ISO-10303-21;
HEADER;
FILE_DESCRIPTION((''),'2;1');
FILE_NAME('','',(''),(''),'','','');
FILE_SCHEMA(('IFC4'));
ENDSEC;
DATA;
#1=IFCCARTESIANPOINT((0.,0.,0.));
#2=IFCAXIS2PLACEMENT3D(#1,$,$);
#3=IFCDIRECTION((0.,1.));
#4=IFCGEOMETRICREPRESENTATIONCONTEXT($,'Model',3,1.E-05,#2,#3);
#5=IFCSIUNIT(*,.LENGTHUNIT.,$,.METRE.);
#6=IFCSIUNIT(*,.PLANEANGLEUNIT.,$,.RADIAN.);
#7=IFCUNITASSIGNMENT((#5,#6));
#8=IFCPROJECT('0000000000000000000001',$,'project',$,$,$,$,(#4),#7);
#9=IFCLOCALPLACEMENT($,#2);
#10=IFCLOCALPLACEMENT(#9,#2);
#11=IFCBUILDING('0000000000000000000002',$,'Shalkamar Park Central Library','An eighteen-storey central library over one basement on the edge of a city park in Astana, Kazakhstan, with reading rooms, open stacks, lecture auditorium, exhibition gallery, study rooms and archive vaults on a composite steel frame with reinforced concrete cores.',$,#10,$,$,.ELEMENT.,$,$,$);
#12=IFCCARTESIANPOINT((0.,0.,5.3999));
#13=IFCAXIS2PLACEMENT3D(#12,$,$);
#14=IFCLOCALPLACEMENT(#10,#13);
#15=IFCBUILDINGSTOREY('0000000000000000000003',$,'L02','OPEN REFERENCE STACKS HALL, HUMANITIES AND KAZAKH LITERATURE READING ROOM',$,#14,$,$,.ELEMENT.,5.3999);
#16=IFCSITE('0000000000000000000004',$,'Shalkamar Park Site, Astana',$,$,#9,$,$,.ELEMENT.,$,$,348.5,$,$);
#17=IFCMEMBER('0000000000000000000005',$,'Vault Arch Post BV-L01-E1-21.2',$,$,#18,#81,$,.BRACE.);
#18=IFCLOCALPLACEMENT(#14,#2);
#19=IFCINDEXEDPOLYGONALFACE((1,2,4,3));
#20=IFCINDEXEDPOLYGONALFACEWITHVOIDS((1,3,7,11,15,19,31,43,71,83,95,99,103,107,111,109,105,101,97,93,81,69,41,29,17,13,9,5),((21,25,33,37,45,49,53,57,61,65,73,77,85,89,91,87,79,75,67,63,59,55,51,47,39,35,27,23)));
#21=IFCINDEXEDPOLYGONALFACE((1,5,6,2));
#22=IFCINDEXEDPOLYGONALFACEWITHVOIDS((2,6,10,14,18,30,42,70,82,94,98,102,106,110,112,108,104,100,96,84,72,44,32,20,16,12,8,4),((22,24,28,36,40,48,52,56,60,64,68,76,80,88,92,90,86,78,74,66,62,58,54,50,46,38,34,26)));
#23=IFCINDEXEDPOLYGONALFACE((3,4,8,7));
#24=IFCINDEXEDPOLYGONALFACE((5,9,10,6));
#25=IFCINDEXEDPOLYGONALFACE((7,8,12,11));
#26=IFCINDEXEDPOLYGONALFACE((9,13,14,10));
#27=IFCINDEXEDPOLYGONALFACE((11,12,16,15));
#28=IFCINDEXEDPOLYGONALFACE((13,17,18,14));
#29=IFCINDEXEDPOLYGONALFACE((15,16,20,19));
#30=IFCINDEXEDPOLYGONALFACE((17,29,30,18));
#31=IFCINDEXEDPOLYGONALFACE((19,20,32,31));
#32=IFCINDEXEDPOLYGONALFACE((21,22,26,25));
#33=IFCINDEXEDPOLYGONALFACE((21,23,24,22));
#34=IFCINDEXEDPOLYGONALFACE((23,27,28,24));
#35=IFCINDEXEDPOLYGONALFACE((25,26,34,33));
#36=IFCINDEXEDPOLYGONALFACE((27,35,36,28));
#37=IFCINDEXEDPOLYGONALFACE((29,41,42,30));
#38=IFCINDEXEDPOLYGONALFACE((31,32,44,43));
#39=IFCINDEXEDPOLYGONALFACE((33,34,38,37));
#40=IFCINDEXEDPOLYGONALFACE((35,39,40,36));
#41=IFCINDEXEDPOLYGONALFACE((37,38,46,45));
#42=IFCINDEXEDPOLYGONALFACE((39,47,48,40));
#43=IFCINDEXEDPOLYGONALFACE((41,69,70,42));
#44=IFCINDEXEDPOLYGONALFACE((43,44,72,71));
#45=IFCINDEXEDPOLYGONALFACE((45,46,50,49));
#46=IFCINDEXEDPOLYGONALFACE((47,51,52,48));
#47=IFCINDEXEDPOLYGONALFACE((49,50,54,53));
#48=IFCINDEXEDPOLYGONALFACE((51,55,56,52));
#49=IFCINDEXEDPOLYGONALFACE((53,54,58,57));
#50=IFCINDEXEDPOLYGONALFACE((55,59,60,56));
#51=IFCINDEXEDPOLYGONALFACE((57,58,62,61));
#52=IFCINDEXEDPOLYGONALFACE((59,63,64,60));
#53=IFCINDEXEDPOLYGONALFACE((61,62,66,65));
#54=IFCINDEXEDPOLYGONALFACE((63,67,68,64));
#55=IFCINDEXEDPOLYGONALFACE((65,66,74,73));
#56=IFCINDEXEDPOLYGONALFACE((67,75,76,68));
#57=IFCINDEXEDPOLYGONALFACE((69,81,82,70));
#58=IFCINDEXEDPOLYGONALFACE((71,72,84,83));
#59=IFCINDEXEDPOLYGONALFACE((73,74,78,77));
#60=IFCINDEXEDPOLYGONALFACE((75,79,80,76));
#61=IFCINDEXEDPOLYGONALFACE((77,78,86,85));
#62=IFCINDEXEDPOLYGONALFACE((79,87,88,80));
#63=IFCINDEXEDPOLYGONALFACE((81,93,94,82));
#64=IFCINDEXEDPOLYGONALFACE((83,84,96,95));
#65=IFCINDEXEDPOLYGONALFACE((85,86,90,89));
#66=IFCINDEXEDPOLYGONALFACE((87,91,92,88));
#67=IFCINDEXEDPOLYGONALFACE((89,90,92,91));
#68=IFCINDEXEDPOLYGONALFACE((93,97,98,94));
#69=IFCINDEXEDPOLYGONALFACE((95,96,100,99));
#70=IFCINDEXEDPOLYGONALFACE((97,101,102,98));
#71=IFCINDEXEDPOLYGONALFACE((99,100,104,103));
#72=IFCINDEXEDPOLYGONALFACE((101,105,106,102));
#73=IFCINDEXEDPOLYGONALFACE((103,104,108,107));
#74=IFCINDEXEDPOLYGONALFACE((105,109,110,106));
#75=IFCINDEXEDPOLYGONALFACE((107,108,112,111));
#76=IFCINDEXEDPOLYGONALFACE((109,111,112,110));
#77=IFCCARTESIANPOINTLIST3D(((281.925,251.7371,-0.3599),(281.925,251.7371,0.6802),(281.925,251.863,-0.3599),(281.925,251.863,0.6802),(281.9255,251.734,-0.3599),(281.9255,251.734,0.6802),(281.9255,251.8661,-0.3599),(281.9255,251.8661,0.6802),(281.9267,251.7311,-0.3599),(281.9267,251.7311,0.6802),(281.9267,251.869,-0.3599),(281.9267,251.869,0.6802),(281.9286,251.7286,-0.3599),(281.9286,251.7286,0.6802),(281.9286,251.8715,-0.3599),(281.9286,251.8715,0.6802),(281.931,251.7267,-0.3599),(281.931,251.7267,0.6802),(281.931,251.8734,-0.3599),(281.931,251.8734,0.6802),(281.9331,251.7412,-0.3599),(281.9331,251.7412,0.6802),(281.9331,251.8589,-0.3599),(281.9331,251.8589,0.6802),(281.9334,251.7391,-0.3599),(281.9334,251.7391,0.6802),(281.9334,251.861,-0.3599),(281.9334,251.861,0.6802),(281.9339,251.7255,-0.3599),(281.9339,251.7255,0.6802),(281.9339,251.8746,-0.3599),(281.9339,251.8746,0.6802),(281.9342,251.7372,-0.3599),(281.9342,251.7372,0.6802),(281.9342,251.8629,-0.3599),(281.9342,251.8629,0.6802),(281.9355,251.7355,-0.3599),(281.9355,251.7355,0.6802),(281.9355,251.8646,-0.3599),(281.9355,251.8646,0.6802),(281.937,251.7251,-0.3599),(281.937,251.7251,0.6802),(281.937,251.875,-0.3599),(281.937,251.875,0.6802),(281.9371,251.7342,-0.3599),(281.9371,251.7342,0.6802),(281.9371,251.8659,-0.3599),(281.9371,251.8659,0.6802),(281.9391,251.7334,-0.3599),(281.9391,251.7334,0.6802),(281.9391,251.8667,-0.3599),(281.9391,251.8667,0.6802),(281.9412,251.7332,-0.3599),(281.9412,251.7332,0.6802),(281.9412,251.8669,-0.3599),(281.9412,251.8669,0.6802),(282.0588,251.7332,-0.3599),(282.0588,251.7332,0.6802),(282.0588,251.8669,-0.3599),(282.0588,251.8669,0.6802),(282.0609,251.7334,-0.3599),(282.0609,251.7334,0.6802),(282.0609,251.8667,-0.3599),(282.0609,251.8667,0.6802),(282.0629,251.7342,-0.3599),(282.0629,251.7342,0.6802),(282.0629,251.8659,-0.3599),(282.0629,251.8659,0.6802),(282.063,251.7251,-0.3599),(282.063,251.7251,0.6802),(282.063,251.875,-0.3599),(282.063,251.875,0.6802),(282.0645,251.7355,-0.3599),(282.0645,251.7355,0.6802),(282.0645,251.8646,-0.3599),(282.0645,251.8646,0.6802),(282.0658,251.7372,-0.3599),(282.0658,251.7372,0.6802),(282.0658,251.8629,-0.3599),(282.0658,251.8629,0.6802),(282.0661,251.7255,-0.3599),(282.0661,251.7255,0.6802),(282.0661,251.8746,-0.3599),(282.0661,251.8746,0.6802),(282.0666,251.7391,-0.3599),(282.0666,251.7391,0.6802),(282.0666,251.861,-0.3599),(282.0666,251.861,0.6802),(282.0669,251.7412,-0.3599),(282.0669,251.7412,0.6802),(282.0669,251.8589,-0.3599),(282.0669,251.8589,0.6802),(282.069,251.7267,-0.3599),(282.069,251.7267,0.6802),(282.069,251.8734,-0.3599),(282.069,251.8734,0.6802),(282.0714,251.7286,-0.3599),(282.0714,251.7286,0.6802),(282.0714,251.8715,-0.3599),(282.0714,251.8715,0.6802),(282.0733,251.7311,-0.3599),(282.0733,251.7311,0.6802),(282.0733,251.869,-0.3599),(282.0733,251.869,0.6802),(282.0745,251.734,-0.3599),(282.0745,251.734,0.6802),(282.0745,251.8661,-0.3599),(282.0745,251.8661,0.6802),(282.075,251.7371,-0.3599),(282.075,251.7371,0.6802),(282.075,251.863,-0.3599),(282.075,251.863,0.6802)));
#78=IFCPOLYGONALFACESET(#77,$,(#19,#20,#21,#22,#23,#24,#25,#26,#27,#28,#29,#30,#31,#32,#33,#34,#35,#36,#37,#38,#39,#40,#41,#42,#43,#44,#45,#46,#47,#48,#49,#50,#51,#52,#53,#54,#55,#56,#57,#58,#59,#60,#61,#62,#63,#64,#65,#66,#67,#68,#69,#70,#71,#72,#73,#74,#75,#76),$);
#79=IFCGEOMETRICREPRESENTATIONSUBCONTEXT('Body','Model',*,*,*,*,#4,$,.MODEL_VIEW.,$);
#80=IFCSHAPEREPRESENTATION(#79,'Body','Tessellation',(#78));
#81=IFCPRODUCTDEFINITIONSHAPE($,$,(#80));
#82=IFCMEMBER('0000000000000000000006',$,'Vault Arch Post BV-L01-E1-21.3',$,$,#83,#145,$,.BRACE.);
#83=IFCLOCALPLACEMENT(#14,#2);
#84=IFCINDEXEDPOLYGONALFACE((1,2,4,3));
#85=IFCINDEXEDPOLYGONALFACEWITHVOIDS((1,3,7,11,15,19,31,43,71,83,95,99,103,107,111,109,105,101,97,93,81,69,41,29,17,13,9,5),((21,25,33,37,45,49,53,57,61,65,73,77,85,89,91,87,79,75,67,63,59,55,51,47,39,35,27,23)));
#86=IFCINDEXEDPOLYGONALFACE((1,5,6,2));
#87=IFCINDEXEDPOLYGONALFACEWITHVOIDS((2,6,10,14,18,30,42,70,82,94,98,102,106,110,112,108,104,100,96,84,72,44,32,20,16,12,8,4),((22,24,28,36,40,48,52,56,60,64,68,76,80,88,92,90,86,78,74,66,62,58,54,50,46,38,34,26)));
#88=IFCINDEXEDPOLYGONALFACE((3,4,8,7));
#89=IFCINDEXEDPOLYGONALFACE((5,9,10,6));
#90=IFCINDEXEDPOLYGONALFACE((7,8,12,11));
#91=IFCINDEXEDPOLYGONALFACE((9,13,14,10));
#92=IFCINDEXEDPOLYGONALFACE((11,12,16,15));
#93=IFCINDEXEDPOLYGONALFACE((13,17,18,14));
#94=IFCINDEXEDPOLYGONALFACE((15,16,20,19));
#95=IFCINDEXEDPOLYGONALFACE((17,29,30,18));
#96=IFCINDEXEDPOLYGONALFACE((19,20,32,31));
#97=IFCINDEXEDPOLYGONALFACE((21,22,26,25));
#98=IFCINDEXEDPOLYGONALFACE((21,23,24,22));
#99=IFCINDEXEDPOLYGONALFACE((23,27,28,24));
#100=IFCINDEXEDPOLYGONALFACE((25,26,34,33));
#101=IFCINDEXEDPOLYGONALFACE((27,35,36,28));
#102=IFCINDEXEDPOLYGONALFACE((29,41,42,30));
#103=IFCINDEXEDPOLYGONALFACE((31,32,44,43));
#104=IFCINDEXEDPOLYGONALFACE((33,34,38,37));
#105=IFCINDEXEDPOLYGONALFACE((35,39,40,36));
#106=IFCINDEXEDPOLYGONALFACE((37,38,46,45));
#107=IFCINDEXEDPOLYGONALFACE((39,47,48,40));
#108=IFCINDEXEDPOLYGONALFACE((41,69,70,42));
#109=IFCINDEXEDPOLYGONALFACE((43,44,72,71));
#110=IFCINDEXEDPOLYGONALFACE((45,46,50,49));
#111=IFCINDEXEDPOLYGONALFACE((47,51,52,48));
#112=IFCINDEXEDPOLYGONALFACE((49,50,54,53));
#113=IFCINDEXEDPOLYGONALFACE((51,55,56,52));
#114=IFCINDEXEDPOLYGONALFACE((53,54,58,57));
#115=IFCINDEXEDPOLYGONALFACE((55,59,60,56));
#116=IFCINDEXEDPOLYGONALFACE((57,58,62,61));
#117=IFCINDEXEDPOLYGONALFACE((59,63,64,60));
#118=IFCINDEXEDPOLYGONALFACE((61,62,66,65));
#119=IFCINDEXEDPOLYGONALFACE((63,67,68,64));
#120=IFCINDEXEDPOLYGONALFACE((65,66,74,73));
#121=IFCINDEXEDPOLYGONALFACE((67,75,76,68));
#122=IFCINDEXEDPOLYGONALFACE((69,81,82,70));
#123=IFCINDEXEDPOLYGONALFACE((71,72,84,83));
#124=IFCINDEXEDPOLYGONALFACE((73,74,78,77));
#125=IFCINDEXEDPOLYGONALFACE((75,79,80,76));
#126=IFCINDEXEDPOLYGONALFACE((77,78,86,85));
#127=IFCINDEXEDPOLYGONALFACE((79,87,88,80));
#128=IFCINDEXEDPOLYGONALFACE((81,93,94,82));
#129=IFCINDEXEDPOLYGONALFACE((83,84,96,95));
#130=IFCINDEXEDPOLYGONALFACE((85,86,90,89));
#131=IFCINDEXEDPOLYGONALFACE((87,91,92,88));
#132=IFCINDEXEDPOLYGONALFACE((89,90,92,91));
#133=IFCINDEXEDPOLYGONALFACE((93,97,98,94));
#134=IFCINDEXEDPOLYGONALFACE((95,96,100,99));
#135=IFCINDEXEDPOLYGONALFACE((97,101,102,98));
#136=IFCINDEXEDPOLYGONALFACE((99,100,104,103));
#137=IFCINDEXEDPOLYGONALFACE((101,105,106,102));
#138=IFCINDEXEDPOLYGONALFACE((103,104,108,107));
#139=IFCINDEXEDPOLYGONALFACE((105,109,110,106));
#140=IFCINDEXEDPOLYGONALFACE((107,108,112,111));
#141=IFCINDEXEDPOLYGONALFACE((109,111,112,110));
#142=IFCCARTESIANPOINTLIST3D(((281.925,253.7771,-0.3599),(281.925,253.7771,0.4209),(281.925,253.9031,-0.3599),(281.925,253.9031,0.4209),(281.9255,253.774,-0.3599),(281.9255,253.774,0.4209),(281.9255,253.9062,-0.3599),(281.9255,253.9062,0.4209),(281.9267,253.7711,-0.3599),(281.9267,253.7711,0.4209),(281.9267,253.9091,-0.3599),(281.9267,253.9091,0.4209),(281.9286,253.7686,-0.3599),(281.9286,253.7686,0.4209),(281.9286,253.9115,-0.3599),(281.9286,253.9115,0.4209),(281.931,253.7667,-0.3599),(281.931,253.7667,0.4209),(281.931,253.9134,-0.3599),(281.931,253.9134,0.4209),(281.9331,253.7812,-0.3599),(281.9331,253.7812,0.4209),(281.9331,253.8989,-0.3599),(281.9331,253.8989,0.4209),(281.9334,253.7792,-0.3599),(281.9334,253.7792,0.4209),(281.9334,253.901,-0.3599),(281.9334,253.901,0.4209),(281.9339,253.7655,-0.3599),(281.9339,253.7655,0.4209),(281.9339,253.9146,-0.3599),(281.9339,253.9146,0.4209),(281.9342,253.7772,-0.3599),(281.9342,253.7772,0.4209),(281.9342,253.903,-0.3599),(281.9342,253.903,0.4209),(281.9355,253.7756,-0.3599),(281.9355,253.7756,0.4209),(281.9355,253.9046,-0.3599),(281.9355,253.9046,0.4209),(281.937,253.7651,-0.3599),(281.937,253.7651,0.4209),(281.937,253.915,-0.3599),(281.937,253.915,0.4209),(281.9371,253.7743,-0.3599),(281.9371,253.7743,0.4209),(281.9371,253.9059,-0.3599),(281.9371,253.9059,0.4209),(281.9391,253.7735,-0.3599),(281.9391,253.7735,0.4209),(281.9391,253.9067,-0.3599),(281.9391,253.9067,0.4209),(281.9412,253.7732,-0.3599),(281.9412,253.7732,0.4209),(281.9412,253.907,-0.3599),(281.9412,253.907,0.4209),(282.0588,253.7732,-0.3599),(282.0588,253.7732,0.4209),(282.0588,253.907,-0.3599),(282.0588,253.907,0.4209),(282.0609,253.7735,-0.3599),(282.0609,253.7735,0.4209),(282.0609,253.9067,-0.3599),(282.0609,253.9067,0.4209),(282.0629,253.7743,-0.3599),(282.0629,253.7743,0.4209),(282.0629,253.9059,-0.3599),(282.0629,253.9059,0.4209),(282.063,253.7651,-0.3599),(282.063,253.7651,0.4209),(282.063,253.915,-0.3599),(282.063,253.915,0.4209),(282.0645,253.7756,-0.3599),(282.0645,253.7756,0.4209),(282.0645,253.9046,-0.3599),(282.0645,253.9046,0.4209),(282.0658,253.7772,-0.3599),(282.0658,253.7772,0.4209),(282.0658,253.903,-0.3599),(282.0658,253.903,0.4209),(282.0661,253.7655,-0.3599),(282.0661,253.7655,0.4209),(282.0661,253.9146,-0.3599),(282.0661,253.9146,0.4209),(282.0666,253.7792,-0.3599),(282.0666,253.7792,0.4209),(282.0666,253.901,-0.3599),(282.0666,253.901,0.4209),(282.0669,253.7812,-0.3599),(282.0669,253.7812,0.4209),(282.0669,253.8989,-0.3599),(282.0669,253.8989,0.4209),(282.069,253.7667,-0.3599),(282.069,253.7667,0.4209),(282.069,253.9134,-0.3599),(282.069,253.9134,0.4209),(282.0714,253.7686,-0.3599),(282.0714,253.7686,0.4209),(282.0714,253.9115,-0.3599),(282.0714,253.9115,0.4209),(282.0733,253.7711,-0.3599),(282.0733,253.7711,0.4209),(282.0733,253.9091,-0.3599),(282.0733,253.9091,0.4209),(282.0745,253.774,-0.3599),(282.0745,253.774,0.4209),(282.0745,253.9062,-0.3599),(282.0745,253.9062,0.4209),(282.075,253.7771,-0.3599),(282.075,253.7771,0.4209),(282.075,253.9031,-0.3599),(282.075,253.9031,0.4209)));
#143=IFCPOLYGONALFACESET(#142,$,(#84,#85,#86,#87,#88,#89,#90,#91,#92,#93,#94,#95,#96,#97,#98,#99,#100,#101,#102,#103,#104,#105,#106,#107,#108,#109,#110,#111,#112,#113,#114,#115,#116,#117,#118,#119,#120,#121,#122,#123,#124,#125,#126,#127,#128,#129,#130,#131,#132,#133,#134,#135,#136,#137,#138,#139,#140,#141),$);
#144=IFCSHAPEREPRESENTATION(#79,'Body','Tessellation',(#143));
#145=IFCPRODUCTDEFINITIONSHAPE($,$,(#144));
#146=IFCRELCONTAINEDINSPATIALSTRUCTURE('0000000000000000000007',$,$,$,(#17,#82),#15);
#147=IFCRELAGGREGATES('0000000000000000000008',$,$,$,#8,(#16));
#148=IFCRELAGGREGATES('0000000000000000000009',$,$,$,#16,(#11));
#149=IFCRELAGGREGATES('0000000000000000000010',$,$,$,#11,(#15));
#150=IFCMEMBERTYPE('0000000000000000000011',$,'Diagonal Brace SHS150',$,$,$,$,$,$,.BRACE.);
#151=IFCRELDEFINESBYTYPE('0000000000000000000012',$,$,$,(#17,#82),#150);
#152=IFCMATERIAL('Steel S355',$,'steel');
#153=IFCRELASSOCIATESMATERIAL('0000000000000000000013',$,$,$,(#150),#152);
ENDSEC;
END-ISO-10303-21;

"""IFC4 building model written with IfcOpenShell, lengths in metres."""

from ifc_helpers import new_model, si_unit, direction, frame, origin, origin_2d, place, context, subcontext, project, spatial, hollow_rectangle, extrude, material, material_profile, profile_set, type_object, element, save


model = new_model("IFC4")

# Units and contexts
model_context = context("Model", 3, precision=1e-05, world=origin(), true_north=direction((0.0, 1.0)))
body_context = subcontext(model_context, "Body", "Model", "MODEL_VIEW")
ifc_project = project(units=[si_unit("LENGTHUNIT", "METRE"), si_unit("PLANEANGLEUNIT", "RADIAN")], contexts=[model_context])

# Site, building, storey
site_placement = place(None, origin())
site = spatial("IfcSite", under=ifc_project, at=site_placement, Name="Shalkamar Park Site, Astana", CompositionType="ELEMENT", RefElevation=348.5)
building_placement = place(site_placement, origin())
building = spatial("IfcBuilding", under=site, at=building_placement, Name="Shalkamar Park Central Library", Description="An eighteen-storey central library over one basement on the edge of a city park in Astana, Kazakhstan, with reading rooms, open stacks, lecture auditorium, exhibition gallery, study rooms and archive vaults on a composite steel frame with reinforced concrete cores.", CompositionType="ELEMENT")
storey_placement = place(building_placement, frame((0.0, 0.0, 5.3999)))
storey = spatial("IfcBuildingStorey", under=building, at=storey_placement, Name="L02", Description="OPEN REFERENCE STACKS HALL, HUMANITIES AND KAZAKH LITERATURE READING ROOM", CompositionType="ELEMENT", Elevation=5.3999)

# Shared definitions
ifc_material_1 = material(Name="Steel S355", Category="steel")

# Members
ifc_material_profile_1 = material_profile(ifc_material_1, hollow_rectangle(XDim=0.1499, YDim=0.1499, WallThickness=0.0081, InnerFilletRadius=0.0081, OuterFilletRadius=0.012, at=origin_2d()), Name="SHS 150x150x8")
ifc_profile_set_1 = profile_set([ifc_material_profile_1], Name="Steel S355")
member_type_1 = type_object("IfcMemberType", Name="Diagonal Brace SHS150", PredefinedType="BRACE", material=ifc_profile_set_1)
member_1_placement = place(storey_placement, frame((282.0, 251.8, -0.3599), z_axis=(0.0, 0.0, 1.0), x_axis=(1.0, 0.0, 0.0)))
element("IfcMember", 1, at=member_1_placement, inside=storey, type_object=member_type_1, Name="Vault Arch Post BV-L01-E1-21.2", PredefinedType="BRACE", context=body_context, shape_type="SweptSolid", body=[
    extrude(hollow_rectangle(XDim=0.1499, YDim=0.1499, WallThickness=0.0081, InnerFilletRadius=0.0081, OuterFilletRadius=0.012, at=origin_2d()), origin(), (0.0, 0.0, 1.0), 1.04),
])
for number, where, z_axis, x_axis, name in (
    (2, (282.0, 253.8401, -0.3599), (0.0, 0.0, 1.0), (1.0, 0.0, 0.0), "Vault Arch Post BV-L01-E1-21.3"),
):
    element("IfcMember", number, at=place(storey_placement, frame(where, z_axis=z_axis, x_axis=x_axis)), inside=storey, type_object=member_type_1, Name=name, PredefinedType="BRACE", context=body_context, shape_type="SweptSolid", body=[
        extrude(hollow_rectangle(XDim=0.1499, YDim=0.1499, WallThickness=0.0081, InnerFilletRadius=0.0081, OuterFilletRadius=0.012, at=origin_2d()), origin(), (0.0, 0.0, 1.0), 0.7808),
    ])

save(model, "model.ifc")
